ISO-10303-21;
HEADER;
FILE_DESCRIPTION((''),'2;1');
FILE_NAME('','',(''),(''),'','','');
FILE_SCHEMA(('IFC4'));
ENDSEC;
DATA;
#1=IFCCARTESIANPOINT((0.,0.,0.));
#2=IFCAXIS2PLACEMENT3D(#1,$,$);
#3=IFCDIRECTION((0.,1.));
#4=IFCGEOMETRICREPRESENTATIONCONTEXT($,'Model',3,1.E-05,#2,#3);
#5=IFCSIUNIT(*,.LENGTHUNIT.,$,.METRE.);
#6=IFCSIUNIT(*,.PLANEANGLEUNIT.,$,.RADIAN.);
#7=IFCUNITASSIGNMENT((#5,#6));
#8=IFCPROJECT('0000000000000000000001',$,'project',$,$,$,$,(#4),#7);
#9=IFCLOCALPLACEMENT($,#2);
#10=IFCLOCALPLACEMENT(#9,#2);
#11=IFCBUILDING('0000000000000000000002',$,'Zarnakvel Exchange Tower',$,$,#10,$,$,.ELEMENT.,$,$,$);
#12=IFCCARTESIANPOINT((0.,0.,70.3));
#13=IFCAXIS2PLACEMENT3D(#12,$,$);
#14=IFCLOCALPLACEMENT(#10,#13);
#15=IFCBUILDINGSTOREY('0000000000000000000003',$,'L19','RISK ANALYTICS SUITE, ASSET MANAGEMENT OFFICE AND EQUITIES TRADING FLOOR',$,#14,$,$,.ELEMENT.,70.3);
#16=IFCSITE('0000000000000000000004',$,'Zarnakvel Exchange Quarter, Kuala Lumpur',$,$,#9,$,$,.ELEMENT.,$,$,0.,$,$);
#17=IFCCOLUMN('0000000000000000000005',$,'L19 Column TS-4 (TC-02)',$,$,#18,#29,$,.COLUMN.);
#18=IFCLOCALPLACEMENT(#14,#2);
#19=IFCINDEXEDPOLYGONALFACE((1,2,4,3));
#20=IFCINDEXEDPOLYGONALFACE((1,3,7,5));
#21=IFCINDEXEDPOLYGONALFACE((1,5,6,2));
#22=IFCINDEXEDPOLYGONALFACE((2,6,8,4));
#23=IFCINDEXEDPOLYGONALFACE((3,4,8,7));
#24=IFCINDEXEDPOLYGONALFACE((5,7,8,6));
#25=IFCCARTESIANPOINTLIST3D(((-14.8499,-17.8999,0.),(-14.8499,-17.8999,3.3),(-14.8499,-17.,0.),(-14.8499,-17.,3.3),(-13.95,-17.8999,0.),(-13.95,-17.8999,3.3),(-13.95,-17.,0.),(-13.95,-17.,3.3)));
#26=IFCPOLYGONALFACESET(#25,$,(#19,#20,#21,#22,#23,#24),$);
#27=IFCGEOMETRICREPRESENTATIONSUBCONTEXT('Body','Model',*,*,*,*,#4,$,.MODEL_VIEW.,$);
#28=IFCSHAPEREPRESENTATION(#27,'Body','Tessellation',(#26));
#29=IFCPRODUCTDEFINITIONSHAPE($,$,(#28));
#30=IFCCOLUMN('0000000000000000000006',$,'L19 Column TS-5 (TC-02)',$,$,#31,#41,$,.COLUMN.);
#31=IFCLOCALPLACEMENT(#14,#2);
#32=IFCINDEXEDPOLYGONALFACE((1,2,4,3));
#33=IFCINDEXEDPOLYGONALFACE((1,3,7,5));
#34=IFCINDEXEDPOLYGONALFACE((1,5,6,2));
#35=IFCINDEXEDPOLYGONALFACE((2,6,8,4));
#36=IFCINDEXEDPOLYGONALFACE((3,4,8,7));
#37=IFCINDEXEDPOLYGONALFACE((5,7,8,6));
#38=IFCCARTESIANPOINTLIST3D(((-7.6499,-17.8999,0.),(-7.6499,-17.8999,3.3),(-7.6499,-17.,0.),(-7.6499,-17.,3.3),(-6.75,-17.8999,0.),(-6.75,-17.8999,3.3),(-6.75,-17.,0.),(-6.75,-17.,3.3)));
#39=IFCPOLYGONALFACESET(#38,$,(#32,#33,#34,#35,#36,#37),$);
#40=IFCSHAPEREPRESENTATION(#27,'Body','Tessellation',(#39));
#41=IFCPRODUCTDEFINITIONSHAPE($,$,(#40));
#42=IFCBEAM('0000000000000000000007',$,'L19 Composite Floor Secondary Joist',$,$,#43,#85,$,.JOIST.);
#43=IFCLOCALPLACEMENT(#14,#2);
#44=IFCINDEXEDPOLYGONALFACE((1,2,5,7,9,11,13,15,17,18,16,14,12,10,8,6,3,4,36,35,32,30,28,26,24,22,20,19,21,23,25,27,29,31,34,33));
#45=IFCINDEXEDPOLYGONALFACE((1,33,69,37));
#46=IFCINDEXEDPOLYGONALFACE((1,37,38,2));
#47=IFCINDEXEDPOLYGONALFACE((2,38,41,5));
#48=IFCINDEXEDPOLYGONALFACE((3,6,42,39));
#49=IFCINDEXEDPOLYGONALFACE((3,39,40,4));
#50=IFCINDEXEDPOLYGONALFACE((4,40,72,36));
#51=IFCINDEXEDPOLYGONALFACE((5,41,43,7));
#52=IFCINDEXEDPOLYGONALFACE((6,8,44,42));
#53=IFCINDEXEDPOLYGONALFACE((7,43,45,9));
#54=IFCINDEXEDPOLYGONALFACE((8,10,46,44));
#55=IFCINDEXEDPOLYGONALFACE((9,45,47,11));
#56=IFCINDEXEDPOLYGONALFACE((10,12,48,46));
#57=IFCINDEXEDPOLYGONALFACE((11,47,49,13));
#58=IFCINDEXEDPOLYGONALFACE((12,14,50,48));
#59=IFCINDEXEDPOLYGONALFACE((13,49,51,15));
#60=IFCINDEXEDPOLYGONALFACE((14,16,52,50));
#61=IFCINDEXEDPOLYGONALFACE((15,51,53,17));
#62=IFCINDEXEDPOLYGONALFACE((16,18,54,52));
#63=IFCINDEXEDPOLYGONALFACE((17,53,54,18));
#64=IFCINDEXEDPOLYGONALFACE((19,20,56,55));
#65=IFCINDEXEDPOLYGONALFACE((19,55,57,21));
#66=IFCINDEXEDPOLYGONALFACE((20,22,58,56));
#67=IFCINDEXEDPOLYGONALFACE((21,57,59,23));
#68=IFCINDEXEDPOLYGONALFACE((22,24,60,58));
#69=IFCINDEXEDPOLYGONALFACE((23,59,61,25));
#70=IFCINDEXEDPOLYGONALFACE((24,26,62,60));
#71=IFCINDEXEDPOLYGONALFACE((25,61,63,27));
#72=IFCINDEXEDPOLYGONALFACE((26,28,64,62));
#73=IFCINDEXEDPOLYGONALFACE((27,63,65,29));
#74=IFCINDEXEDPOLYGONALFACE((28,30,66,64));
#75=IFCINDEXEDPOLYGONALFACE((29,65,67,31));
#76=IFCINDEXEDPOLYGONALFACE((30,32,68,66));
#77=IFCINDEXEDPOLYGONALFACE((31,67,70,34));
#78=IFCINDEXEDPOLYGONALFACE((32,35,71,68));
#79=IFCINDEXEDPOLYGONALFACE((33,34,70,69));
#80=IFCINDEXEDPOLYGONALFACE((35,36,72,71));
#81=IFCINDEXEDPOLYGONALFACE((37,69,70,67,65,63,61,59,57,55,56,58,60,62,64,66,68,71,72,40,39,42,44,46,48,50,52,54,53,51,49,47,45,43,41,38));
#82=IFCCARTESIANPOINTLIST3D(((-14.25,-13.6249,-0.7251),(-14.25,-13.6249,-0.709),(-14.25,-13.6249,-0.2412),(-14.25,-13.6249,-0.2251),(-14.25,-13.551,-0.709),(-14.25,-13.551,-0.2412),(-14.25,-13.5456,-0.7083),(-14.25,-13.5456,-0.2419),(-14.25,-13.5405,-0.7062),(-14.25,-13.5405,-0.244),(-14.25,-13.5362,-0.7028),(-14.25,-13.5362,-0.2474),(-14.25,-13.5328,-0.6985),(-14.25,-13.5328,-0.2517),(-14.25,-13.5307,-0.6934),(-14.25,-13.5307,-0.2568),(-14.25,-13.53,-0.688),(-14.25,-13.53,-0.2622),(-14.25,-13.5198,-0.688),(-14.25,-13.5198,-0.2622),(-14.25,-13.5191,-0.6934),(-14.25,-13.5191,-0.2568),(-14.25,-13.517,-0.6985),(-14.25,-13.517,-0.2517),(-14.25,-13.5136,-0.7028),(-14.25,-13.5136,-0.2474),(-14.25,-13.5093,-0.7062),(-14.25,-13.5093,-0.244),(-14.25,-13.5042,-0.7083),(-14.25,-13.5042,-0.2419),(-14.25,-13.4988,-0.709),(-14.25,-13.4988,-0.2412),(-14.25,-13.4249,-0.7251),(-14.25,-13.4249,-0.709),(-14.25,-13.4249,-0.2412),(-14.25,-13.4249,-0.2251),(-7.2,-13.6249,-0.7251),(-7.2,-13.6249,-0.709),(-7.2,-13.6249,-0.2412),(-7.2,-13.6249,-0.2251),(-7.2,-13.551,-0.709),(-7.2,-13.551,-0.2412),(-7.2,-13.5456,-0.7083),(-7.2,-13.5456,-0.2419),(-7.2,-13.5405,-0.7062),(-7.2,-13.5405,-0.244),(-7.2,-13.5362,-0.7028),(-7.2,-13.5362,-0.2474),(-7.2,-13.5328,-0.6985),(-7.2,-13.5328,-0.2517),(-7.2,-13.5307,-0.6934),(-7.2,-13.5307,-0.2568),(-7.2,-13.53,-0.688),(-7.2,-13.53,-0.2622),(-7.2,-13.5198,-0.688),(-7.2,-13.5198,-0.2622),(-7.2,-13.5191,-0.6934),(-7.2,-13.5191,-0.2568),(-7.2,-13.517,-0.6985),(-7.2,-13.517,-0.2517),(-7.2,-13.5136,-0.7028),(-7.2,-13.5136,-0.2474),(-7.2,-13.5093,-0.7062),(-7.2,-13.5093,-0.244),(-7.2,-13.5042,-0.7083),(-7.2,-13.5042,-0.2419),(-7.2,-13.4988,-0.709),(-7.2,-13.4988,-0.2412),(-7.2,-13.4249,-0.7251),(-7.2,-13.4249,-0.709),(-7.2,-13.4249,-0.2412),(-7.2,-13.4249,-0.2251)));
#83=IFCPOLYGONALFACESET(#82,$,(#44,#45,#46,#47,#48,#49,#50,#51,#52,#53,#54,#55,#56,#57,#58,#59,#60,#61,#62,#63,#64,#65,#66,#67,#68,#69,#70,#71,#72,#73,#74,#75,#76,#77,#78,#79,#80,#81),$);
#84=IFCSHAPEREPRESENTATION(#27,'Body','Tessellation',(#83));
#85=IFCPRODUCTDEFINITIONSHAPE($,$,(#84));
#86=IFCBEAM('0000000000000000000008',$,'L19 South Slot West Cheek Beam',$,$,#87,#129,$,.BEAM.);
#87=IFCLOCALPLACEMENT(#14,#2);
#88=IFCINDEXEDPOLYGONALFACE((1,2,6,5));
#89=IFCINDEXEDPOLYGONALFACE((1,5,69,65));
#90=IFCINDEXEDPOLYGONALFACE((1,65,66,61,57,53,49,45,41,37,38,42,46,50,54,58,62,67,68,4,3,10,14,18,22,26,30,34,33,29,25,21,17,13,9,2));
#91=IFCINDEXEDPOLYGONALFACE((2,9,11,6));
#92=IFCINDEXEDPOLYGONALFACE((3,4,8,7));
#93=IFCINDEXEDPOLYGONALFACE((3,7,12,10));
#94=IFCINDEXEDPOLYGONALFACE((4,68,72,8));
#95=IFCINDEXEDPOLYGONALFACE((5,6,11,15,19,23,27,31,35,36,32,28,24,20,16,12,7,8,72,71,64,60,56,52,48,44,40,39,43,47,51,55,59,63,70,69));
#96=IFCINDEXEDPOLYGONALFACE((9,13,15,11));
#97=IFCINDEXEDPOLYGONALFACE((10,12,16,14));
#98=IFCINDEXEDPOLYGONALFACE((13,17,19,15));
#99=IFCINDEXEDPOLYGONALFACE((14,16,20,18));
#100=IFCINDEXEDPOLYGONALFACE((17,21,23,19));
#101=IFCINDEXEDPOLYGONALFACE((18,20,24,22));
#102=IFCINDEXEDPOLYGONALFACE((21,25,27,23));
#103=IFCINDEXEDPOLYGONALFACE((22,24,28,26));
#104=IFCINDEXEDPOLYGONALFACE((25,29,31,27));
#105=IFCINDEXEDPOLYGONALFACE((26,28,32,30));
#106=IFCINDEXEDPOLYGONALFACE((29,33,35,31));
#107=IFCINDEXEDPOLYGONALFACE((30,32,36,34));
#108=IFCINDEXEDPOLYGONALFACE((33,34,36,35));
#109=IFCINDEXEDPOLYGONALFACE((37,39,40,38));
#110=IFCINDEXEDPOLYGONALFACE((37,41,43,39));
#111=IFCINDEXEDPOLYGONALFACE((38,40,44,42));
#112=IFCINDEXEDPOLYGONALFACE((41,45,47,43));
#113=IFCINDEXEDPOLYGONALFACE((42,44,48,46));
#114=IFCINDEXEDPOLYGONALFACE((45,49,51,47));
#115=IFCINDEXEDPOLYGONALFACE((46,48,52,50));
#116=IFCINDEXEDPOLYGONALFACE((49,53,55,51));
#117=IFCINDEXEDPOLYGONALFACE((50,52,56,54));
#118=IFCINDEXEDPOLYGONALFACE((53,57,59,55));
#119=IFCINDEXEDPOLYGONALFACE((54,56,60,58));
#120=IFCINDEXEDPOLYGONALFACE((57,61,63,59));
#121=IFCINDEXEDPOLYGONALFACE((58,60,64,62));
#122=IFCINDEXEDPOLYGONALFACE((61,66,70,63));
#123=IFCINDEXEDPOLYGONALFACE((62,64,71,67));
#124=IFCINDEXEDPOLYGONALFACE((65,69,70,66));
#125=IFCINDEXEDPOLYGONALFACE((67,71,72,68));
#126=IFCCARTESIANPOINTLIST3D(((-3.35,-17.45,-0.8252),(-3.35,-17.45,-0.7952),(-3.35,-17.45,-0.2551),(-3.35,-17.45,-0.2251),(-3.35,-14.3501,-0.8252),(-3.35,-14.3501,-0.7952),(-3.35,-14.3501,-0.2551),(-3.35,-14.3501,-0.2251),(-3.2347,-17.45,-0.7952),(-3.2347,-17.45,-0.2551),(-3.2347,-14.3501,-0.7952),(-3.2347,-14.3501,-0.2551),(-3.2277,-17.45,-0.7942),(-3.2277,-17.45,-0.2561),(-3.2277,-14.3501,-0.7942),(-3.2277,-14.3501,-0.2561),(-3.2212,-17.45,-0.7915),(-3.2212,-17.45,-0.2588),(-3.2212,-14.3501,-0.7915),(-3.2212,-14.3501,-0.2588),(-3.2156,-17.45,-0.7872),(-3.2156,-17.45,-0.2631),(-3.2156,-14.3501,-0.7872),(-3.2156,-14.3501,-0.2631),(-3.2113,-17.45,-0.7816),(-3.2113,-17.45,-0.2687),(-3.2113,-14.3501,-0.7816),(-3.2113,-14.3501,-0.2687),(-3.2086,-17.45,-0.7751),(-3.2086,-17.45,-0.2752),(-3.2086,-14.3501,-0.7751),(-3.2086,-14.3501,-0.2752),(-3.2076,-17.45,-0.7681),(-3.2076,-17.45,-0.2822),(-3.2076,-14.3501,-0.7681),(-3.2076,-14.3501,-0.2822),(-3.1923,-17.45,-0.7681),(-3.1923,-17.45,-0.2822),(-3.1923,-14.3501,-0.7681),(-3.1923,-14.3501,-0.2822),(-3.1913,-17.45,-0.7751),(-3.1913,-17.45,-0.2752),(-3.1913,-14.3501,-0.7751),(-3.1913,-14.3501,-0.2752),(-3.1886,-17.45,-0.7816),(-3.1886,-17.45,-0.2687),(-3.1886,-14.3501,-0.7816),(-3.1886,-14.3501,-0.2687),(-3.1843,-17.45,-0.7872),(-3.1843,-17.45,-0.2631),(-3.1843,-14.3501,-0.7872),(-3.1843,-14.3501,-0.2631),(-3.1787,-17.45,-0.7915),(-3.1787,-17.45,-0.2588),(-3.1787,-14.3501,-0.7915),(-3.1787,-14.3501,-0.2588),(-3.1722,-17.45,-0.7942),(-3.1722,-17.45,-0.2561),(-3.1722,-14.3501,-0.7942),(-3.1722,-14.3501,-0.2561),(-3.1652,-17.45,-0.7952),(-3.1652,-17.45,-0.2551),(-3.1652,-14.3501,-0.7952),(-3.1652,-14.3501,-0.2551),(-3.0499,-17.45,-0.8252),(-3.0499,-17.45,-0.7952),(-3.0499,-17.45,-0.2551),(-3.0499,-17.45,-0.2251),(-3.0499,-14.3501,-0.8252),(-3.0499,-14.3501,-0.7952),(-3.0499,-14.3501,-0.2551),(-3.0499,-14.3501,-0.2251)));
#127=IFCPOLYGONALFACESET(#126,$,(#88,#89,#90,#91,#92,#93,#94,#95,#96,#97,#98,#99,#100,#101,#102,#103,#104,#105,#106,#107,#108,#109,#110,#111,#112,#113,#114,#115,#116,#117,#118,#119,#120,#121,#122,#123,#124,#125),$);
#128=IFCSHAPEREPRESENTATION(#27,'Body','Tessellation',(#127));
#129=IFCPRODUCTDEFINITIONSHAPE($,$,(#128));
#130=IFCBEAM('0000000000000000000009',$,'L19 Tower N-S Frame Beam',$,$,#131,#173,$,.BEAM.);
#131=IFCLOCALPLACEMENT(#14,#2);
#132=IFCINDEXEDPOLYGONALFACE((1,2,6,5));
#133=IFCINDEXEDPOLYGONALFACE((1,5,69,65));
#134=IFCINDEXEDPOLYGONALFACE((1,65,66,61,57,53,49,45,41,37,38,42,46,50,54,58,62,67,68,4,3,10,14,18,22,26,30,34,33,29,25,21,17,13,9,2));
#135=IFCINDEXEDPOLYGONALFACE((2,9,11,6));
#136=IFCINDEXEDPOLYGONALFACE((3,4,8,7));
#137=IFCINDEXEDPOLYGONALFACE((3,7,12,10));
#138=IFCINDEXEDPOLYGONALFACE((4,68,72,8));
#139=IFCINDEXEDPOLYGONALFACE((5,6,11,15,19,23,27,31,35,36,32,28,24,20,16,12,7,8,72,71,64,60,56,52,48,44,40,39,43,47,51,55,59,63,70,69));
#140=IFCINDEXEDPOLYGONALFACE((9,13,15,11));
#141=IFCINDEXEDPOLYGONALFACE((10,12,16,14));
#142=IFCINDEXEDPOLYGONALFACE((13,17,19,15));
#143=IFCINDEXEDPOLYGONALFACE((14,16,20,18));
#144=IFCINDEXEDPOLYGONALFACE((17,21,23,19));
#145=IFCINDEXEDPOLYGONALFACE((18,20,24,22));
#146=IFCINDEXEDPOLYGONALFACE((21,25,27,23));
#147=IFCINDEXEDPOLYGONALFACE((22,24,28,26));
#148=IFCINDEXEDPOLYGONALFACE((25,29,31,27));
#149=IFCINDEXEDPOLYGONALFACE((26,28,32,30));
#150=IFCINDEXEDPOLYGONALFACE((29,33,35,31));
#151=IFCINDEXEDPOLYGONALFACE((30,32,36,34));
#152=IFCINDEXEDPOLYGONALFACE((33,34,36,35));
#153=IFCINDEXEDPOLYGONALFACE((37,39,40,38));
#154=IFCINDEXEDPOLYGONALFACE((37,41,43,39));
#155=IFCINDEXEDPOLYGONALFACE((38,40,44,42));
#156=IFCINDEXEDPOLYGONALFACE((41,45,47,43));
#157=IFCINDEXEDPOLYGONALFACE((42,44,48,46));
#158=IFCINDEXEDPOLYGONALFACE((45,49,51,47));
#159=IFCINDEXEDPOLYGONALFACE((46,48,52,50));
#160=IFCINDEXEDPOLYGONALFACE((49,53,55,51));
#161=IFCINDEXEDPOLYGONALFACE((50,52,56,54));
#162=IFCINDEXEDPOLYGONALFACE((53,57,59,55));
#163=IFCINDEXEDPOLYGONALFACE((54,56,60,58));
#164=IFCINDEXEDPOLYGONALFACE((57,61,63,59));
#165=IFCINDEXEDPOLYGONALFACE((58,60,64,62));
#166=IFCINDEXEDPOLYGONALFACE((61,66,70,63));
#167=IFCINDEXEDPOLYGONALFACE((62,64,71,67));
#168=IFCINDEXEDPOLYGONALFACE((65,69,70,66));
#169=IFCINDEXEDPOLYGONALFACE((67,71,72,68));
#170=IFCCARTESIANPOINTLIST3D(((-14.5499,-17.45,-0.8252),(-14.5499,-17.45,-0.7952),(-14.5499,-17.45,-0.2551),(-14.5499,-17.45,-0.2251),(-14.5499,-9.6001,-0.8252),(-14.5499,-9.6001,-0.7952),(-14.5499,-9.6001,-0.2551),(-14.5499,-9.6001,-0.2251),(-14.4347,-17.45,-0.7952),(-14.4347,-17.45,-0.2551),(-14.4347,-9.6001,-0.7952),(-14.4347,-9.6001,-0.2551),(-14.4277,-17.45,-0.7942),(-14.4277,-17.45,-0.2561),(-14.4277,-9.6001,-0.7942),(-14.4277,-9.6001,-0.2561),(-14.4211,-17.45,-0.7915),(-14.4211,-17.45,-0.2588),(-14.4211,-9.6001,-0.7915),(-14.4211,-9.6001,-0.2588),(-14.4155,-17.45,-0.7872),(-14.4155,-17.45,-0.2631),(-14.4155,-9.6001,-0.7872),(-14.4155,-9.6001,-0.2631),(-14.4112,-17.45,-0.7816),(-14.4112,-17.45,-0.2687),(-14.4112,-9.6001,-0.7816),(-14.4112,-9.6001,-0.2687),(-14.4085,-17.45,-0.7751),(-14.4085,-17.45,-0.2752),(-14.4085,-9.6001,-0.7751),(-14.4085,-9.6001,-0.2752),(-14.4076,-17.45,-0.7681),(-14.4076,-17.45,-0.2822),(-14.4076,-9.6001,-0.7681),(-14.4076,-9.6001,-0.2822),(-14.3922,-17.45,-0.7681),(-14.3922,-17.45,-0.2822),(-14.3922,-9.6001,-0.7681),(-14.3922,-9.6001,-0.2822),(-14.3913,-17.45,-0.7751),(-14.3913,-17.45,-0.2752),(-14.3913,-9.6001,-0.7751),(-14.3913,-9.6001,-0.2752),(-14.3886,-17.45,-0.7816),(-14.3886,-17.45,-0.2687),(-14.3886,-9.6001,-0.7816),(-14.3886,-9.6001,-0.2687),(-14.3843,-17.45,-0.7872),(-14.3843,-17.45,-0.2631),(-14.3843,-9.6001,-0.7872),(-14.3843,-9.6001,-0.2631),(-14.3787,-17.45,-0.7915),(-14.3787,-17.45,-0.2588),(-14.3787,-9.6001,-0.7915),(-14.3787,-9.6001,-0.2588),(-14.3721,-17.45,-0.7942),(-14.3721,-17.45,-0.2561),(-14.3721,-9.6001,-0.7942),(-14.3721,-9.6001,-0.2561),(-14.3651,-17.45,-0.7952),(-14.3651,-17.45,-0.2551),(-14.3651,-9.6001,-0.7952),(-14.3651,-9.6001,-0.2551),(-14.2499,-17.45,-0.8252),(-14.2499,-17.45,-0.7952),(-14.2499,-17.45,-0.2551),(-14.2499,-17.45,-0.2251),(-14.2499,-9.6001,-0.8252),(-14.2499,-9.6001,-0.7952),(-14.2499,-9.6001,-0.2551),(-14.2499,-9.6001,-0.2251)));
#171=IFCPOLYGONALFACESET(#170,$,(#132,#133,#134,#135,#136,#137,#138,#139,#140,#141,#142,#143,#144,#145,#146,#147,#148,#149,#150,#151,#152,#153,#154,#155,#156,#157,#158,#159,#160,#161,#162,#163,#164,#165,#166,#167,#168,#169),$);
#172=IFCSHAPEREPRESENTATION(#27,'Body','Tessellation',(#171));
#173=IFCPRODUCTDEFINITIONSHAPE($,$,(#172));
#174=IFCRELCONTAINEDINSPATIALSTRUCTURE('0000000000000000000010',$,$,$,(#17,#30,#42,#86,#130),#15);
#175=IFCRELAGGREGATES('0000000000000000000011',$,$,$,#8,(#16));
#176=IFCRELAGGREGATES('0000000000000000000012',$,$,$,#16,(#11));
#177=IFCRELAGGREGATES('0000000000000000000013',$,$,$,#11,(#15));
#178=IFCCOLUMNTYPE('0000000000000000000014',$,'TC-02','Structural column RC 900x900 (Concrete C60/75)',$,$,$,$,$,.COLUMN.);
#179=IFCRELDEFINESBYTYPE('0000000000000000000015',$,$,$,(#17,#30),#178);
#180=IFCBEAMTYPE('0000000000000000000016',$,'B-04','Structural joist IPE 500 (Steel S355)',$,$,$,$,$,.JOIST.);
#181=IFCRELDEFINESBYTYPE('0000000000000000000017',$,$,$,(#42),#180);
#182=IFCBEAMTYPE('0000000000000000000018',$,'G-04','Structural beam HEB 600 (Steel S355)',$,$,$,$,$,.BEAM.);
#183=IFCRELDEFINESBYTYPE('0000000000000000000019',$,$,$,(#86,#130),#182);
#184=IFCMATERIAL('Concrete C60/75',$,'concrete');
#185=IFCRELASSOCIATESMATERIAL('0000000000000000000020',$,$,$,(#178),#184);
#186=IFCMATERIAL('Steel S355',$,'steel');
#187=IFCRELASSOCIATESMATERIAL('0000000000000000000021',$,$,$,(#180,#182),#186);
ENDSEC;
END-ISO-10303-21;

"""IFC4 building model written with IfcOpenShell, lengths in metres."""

from ifc_helpers import new_model, si_unit, direction, frame, origin, origin_2d, place, context, subcontext, project, spatial, rectangle, i_section, extrude, material, material_profile, profile_set, type_object, element, save


model = new_model("IFC4")

# Units and contexts
model_context = context("Model", 3, precision=1e-05, world=origin(), true_north=direction((0.0, 1.0)))
body_context = subcontext(model_context, "Body", "Model", "MODEL_VIEW")
ifc_project = project(units=[si_unit("LENGTHUNIT", "METRE"), si_unit("PLANEANGLEUNIT", "RADIAN")], contexts=[model_context])

# Site, building, storey
site_placement = place(None, origin())
site = spatial("IfcSite", under=ifc_project, at=site_placement, Name="Zarnakvel Exchange Quarter, Kuala Lumpur", CompositionType="ELEMENT", RefElevation=0.0)
building_placement = place(site_placement, origin())
building = spatial("IfcBuilding", under=site, at=building_placement, Name="Zarnakvel Exchange Tower", CompositionType="ELEMENT")
storey_placement = place(building_placement, frame((0.0, 0.0, 70.3)))
storey = spatial("IfcBuildingStorey", under=building, at=storey_placement, Name="L19", Description="RISK ANALYTICS SUITE, ASSET MANAGEMENT OFFICE AND EQUITIES TRADING FLOOR", CompositionType="ELEMENT", Elevation=70.3)

# Columns
ifc_material_1 = material(Name="Concrete C60/75", Category="concrete")
ifc_material_profile_1 = material_profile(ifc_material_1, rectangle(XDim=0.8999, YDim=0.8999, at=origin_2d()))
ifc_profile_set_1 = profile_set([ifc_material_profile_1], Name="Concrete C60/75")
column_type = type_object("IfcColumnType", Name="TC-02", Description="Structural column RC 900x900 (Concrete C60/75)", PredefinedType="COLUMN", material=ifc_profile_set_1)
for number, where, z_axis, x_axis, name in (
    (1, (-14.3999, -17.45, 0.0), (0.0, 0.0, 1.0), (1.0, 0.0, 0.0), "L19 Column TS-4 (TC-02)"),
    (2, (-7.2, -17.45, 0.0), (0.0, 0.0, 1.0), (1.0, 0.0, 0.0), "L19 Column TS-5 (TC-02)"),
):
    element("IfcColumn", number, at=place(storey_placement, frame(where, z_axis=z_axis, x_axis=x_axis)), inside=storey, type_object=column_type, Name=name, PredefinedType="COLUMN", context=body_context, shape_type="SweptSolid", body=[
        extrude(rectangle(XDim=0.8999, YDim=0.8999, at=origin_2d()), origin(), (0.0, 0.0, 1.0), 3.3),
    ])

# Beams
ifc_material_2 = material(Name="Steel S355", Category="steel")
ifc_material_profile_2 = material_profile(ifc_material_2, i_section(OverallWidth=0.2, OverallDepth=0.5, WebThickness=0.0103, FlangeThickness=0.0161, FilletRadius=0.021, at=origin_2d()))
ifc_profile_set_2 = profile_set([ifc_material_profile_2], Name="Steel S355")
beam_type_1 = type_object("IfcBeamType", Name="B-04", Description="Structural joist IPE 500 (Steel S355)", PredefinedType="JOIST", material=ifc_profile_set_2)
beam_1_placement = place(storey_placement, frame((-14.25, -13.5249, -0.4751), z_axis=(1.0, 0.0, 0.0), x_axis=(0.0, 1.0, 0.0)))
element("IfcBeam", 3, at=beam_1_placement, inside=storey, type_object=beam_type_1, Name="L19 Composite Floor Secondary Joist", PredefinedType="JOIST", context=body_context, shape_type="SweptSolid", body=[
    extrude(i_section(OverallWidth=0.2, OverallDepth=0.5, WebThickness=0.0103, FlangeThickness=0.0161, FilletRadius=0.021, at=origin_2d()), origin(), (0.0, 0.0, 1.0), 7.05),
])
ifc_material_profile_3 = material_profile(ifc_material_2, i_section(OverallWidth=0.3, OverallDepth=0.6001, WebThickness=0.0154, FlangeThickness=0.03, FilletRadius=0.0271, at=origin_2d()))
ifc_profile_set_3 = profile_set([ifc_material_profile_3], Name="Steel S355")
beam_type_2 = type_object("IfcBeamType", Name="G-04", Description="Structural beam HEB 600 (Steel S355)", PredefinedType="BEAM", material=ifc_profile_set_3)
beam_2_placement = place(storey_placement, frame((-3.2, -17.45, -0.5251), z_axis=(0.0, 1.0, 0.0), x_axis=(-1.0, 0.0, 0.0)))
element("IfcBeam", 4, at=beam_2_placement, inside=storey, type_object=beam_type_2, Name="L19 South Slot West Cheek Beam", PredefinedType="BEAM", context=body_context, shape_type="SweptSolid", body=[
    extrude(i_section(OverallWidth=0.3, OverallDepth=0.6001, WebThickness=0.0154, FlangeThickness=0.03, FilletRadius=0.0271, at=origin_2d()), origin(), (0.0, 0.0, 1.0), 3.0999),
])
for number, where, z_axis, x_axis, name in (
    (5, (-14.3999, -17.45, -0.5251), (0.0, 1.0, 0.0), (-1.0, 0.0, 0.0), "L19 Tower N-S Frame Beam"),
):
    element("IfcBeam", number, at=place(storey_placement, frame(where, z_axis=z_axis, x_axis=x_axis)), inside=storey, type_object=beam_type_2, Name=name, PredefinedType="BEAM", context=body_context, shape_type="SweptSolid", body=[
        extrude(i_section(OverallWidth=0.3, OverallDepth=0.6001, WebThickness=0.0154, FlangeThickness=0.03, FilletRadius=0.0271, at=origin_2d()), origin(), (0.0, 0.0, 1.0), 7.8499),
    ])

save(model, "model.ifc")
